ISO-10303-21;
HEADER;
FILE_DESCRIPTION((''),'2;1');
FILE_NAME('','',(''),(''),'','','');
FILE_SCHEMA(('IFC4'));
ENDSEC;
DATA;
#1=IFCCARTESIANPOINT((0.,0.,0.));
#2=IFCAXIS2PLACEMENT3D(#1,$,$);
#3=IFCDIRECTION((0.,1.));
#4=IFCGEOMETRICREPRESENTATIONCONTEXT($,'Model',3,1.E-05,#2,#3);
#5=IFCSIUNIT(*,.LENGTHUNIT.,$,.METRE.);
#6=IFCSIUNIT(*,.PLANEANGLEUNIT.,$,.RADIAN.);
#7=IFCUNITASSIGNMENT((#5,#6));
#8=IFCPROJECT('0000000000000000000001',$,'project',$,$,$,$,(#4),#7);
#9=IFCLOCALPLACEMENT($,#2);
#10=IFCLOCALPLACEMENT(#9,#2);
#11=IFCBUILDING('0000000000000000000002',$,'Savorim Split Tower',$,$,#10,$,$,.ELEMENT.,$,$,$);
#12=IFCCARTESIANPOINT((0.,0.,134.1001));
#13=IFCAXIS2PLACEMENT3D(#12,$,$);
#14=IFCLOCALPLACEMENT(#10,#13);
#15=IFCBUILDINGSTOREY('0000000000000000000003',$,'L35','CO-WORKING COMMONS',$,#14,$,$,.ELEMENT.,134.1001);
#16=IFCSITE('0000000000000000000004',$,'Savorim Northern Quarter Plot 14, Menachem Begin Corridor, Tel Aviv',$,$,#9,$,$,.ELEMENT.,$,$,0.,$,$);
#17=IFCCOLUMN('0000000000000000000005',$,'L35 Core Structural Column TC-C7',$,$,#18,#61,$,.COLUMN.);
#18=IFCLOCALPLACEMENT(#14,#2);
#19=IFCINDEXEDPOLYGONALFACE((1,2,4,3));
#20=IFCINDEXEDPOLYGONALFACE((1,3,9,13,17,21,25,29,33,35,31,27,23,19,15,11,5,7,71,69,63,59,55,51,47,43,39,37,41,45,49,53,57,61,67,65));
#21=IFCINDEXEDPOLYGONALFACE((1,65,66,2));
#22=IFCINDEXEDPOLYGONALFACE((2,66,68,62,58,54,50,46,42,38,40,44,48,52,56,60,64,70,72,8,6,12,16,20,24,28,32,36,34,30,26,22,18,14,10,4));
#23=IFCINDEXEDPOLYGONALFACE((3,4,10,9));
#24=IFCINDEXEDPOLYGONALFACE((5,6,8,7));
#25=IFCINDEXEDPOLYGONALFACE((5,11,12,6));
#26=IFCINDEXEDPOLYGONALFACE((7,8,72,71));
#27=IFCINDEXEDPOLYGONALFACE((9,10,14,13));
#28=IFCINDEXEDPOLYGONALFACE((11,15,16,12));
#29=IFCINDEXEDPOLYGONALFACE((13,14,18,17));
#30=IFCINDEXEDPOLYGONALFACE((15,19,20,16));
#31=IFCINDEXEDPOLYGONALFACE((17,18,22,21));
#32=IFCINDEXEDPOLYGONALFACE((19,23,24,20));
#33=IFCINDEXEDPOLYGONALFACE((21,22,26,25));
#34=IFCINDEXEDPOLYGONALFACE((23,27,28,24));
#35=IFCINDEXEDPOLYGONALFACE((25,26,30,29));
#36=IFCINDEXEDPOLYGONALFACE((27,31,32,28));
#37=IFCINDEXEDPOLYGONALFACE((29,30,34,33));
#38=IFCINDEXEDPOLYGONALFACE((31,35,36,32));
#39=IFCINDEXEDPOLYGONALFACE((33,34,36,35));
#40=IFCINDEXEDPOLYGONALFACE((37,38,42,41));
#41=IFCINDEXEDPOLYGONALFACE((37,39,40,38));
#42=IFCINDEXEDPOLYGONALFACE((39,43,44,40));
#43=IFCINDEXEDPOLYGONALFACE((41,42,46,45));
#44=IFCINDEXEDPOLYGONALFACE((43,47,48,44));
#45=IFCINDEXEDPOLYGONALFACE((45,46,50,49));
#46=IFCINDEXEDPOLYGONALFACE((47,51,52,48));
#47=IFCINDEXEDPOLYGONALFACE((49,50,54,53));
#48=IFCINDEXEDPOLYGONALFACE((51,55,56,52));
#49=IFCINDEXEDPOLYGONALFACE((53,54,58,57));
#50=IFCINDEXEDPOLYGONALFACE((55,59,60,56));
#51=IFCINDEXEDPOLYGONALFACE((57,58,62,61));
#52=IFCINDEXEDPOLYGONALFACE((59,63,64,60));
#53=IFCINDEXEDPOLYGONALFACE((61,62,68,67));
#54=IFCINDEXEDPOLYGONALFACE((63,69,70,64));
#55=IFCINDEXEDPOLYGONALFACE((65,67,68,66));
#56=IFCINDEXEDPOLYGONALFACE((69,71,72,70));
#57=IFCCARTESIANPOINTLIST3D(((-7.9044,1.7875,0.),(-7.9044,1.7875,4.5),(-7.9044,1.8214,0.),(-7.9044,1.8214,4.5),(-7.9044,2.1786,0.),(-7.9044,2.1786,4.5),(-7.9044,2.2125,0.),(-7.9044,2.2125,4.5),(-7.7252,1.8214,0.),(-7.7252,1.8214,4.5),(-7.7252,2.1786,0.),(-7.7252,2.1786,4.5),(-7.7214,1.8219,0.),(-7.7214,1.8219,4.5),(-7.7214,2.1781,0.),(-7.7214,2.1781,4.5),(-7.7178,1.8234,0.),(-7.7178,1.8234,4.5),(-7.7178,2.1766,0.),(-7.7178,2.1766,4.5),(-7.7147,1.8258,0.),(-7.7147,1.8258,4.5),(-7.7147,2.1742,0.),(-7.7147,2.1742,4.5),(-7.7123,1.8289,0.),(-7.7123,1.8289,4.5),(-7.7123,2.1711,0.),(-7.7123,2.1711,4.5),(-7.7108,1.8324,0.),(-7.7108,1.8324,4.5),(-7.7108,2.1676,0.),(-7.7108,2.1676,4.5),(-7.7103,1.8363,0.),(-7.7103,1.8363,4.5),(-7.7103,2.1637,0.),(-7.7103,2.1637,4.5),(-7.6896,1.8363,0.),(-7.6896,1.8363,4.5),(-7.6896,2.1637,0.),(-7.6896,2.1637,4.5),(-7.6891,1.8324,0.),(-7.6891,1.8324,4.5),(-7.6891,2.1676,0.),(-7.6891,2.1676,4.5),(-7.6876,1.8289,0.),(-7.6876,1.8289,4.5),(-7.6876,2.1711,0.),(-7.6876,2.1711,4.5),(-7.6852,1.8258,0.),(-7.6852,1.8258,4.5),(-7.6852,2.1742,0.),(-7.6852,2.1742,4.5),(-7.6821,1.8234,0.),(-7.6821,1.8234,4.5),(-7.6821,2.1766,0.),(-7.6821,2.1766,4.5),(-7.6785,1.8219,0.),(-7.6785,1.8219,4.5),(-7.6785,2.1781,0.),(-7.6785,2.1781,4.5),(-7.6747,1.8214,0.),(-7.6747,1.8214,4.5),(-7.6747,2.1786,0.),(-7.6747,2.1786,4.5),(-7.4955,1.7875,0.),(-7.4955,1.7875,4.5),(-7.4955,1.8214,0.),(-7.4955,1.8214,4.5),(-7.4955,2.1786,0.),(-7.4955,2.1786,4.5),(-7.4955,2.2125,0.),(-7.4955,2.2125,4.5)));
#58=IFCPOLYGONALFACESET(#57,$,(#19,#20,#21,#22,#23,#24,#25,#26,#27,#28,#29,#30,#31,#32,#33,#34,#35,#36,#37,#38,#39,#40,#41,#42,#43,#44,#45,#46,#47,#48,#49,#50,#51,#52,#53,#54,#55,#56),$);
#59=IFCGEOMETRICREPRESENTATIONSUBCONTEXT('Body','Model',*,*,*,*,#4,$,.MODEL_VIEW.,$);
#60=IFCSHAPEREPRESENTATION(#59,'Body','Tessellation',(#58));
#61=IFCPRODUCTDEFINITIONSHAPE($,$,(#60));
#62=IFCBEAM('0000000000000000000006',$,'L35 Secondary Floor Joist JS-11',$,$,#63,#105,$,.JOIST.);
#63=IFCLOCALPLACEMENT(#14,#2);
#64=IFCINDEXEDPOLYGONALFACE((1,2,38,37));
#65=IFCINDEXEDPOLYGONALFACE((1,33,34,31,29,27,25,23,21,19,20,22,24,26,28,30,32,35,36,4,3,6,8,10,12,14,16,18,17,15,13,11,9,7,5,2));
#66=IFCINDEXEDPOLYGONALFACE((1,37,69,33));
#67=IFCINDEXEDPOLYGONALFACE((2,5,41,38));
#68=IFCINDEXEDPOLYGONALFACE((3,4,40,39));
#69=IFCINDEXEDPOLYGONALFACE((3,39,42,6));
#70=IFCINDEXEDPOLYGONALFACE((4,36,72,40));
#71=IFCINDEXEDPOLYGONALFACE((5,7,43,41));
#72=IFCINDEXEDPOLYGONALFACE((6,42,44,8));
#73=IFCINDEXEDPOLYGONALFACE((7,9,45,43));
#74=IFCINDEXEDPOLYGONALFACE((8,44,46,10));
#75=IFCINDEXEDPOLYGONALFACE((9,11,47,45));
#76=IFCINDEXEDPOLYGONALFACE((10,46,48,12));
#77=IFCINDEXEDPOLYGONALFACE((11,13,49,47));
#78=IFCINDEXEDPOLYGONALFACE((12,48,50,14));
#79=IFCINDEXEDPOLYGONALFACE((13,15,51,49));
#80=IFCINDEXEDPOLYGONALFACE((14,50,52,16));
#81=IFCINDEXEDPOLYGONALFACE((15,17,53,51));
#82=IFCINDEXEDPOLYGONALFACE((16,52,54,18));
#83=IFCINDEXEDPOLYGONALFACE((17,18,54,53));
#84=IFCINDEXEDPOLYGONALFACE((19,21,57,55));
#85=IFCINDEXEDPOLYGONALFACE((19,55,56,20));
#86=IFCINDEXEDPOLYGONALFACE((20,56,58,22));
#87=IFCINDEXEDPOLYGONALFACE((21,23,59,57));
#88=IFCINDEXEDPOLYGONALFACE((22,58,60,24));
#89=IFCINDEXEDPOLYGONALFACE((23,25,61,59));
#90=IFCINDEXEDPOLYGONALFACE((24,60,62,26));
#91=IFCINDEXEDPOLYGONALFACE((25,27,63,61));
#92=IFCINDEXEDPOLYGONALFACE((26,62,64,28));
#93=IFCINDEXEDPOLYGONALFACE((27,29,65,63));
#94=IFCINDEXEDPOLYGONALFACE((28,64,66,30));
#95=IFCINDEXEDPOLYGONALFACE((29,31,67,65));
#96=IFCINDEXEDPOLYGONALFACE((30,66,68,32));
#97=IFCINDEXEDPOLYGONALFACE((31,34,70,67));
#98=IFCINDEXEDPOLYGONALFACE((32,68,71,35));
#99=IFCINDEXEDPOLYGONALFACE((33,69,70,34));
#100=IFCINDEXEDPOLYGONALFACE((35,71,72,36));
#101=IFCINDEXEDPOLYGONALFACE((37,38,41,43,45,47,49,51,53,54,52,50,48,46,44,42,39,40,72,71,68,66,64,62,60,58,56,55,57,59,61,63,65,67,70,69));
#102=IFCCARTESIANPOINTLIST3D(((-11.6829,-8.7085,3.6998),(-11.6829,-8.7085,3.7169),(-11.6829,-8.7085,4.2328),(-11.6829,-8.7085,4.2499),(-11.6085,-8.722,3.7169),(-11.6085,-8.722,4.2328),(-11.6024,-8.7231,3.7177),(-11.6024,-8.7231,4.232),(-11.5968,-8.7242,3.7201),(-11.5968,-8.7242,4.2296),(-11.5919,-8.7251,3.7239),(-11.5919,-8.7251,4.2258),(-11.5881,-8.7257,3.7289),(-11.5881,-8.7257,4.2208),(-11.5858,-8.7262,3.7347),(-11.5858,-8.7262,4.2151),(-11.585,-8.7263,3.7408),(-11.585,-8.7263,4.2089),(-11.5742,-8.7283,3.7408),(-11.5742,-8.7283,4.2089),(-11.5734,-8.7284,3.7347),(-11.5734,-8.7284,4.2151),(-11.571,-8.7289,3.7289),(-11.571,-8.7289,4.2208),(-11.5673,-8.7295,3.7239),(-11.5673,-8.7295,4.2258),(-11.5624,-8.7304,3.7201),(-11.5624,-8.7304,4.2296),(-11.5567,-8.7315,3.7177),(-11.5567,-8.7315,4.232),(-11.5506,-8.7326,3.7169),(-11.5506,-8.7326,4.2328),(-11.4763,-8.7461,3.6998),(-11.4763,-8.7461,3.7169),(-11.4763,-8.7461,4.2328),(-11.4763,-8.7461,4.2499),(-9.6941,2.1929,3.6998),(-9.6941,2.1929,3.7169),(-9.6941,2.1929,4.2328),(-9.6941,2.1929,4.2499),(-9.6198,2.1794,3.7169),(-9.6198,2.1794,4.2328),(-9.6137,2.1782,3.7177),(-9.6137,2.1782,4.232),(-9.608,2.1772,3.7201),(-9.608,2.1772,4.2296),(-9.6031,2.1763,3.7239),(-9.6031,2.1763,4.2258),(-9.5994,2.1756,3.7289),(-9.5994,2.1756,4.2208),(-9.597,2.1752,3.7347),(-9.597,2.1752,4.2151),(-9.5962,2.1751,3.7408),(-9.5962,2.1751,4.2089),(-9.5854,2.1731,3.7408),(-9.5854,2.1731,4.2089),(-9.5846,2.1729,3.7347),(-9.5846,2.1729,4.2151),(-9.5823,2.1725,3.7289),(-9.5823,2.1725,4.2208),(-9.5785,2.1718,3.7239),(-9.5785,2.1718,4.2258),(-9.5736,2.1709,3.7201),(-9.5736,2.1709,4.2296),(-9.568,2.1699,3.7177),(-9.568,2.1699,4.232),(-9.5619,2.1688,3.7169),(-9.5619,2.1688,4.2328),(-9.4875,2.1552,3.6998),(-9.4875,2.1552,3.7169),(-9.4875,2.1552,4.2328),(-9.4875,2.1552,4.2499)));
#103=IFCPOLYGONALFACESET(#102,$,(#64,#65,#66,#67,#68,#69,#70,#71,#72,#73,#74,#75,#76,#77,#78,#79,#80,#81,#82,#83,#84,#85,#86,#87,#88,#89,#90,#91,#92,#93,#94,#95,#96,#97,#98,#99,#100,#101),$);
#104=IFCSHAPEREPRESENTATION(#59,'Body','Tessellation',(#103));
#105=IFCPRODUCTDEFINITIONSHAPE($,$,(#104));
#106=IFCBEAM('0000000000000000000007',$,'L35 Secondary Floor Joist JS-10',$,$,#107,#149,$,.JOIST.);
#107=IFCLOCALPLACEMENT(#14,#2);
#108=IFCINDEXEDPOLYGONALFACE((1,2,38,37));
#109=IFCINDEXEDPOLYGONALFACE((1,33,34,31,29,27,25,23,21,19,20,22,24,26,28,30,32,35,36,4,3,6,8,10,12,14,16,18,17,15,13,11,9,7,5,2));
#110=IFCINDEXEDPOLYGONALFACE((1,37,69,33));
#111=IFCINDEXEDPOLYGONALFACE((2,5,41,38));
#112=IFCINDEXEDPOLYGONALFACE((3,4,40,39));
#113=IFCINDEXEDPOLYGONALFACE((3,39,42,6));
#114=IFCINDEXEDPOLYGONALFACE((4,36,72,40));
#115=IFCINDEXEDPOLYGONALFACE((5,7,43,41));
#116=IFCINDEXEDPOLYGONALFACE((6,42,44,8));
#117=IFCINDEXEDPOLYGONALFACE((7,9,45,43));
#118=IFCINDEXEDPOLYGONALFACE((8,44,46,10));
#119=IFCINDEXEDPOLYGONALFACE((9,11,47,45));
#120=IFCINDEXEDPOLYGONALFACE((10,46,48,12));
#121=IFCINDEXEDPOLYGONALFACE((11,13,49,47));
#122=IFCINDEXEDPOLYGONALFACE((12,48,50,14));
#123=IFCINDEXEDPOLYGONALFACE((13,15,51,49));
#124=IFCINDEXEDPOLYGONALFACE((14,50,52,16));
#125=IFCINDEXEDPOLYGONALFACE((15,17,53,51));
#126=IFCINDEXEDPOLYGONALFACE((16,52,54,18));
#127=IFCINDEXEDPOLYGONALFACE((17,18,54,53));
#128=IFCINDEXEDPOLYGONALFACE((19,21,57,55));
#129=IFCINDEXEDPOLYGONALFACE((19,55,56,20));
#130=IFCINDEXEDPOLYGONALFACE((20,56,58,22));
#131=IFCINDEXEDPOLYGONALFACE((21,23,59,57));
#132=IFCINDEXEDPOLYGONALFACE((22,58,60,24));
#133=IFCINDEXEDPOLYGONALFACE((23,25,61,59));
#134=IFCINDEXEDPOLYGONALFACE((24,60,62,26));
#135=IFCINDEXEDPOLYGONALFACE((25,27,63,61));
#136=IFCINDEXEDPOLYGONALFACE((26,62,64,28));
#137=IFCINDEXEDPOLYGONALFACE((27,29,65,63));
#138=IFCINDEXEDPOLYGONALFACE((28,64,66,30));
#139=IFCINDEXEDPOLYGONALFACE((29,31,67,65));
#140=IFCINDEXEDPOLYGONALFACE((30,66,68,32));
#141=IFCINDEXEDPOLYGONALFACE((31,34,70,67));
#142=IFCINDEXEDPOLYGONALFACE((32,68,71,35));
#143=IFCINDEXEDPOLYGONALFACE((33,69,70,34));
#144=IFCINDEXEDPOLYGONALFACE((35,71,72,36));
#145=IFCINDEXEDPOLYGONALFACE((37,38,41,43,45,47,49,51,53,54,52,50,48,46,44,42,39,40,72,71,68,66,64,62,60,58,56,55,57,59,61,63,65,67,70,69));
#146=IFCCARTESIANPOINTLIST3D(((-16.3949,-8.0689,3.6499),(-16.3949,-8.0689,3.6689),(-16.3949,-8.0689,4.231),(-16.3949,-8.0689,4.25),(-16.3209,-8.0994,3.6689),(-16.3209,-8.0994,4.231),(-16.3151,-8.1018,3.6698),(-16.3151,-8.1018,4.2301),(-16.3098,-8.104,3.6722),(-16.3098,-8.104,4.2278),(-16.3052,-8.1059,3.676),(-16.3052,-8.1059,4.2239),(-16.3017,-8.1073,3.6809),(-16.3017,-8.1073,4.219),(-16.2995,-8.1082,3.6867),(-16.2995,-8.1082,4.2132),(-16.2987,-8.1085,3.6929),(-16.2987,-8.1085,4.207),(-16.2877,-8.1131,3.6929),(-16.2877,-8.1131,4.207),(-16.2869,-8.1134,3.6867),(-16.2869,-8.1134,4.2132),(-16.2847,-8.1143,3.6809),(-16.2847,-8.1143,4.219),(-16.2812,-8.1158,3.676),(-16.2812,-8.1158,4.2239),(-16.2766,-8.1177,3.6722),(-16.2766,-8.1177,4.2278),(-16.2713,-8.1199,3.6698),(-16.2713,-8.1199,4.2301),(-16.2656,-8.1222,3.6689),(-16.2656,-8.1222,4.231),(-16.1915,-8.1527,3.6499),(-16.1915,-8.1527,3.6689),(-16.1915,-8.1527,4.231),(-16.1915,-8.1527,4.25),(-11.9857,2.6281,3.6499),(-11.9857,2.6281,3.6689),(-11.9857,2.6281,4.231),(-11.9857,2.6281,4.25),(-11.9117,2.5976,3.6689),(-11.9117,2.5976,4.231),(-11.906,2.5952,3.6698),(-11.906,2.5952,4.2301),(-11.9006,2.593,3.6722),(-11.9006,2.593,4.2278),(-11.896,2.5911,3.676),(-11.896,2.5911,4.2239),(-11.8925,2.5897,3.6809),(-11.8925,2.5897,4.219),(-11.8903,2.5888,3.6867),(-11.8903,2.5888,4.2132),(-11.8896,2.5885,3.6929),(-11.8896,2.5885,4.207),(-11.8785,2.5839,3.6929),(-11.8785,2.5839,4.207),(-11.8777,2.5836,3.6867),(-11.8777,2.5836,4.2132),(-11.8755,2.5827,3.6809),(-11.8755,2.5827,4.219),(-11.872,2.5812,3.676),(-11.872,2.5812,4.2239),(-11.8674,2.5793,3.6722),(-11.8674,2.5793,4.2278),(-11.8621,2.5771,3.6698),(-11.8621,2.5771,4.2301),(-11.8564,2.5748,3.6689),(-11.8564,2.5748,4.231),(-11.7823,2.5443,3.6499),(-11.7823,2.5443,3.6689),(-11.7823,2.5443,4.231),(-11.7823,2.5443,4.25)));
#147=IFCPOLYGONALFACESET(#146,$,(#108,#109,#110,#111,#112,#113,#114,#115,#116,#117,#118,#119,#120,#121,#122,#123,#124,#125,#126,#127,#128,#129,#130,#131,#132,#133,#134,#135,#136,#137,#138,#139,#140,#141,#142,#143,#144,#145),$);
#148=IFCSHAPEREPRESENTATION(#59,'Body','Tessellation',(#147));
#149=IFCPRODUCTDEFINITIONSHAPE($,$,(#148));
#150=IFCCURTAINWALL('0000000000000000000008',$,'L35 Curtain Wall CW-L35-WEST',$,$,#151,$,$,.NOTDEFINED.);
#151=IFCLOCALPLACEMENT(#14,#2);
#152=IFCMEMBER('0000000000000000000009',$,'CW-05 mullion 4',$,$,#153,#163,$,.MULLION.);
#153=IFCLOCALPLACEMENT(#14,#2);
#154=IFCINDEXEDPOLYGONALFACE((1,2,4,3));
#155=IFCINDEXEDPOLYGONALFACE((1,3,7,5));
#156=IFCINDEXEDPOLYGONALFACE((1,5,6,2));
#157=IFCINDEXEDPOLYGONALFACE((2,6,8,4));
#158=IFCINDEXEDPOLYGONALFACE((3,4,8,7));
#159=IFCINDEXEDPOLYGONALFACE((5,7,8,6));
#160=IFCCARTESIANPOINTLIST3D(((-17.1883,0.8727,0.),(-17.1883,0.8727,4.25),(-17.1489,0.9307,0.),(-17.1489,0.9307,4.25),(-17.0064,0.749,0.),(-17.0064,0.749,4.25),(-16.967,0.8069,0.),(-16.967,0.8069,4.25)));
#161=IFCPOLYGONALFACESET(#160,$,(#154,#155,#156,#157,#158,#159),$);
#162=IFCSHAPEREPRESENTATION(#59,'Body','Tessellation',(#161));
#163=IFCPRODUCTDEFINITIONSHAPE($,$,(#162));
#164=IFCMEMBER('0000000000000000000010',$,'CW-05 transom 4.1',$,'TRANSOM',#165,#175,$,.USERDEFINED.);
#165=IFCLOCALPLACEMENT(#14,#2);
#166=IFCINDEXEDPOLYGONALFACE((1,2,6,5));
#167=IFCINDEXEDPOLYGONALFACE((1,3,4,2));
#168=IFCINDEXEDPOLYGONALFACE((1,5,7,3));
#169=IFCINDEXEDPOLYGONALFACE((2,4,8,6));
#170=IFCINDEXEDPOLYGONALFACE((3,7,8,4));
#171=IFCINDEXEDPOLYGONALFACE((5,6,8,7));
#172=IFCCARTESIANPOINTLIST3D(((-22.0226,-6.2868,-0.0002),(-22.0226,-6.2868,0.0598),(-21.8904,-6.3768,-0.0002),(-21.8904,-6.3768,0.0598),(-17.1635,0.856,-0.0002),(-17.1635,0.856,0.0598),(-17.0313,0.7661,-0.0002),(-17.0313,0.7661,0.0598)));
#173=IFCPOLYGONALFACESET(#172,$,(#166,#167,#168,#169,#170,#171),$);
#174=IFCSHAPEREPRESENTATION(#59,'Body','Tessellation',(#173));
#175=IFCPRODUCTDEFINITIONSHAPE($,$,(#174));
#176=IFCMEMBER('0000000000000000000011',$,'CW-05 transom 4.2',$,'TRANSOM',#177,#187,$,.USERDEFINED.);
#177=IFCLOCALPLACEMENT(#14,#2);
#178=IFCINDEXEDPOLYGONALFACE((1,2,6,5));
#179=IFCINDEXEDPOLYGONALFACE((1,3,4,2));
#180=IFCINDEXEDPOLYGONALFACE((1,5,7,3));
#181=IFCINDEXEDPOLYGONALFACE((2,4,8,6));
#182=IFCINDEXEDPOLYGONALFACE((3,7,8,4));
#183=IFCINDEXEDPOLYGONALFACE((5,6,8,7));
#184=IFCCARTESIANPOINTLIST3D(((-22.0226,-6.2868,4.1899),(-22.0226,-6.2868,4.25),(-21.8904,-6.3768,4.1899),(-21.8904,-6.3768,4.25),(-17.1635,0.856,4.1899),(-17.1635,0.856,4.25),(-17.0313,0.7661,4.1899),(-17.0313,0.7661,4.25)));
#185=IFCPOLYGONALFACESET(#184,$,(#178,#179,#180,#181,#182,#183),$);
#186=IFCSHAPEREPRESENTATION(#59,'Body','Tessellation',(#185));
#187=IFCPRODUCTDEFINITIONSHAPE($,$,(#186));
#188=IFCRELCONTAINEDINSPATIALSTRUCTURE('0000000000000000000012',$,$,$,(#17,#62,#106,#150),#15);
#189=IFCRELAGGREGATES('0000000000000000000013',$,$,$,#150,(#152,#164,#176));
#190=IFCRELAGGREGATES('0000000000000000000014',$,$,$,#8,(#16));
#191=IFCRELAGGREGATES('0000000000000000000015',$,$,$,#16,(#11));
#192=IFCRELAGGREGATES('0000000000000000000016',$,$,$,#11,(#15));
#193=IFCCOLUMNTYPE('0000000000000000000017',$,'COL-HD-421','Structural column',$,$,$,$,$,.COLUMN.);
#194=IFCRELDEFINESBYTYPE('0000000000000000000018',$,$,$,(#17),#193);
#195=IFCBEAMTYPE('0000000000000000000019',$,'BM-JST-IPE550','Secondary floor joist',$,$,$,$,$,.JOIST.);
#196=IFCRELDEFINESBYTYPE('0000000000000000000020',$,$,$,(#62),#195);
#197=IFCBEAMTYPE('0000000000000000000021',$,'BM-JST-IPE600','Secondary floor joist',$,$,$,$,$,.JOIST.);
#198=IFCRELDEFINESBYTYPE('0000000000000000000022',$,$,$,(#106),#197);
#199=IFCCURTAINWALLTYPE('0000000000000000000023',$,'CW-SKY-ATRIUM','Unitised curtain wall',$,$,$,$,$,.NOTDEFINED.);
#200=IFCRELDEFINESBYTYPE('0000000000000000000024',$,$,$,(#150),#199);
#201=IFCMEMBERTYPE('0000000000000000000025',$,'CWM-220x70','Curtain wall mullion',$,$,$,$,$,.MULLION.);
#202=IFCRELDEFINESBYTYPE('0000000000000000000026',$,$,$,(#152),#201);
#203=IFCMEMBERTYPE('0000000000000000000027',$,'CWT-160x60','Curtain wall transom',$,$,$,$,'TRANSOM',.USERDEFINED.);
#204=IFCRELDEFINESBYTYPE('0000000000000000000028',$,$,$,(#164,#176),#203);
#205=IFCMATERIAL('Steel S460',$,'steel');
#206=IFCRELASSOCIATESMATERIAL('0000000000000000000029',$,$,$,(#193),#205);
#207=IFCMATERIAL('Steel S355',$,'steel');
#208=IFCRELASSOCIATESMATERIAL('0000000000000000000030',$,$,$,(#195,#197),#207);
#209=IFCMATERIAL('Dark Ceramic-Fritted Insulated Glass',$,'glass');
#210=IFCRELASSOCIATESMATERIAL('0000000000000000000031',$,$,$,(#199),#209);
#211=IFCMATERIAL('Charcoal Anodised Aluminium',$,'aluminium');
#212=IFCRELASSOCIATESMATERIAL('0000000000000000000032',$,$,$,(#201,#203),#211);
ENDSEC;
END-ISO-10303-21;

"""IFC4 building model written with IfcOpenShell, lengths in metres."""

from ifc_helpers import new_model, si_unit, direction, frame, origin, origin_2d, place, context, subcontext, project, spatial, rectangle, i_section, extrude, material, material_profile, profile_set, type_object, element, aggregate, save


model = new_model("IFC4")

# Units and contexts
model_context = context("Model", 3, precision=1e-05, world=origin(), true_north=direction((0.0, 1.0)))
body_context = subcontext(model_context, "Body", "Model", "MODEL_VIEW")
ifc_project = project(units=[si_unit("LENGTHUNIT", "METRE"), si_unit("PLANEANGLEUNIT", "RADIAN")], contexts=[model_context])

# Site, building, storey
site_placement = place(None, origin())
site = spatial("IfcSite", under=ifc_project, at=site_placement, Name="Savorim Northern Quarter Plot 14, Menachem Begin Corridor, Tel Aviv", CompositionType="ELEMENT", RefElevation=0.0)
building_placement = place(site_placement, origin())
building = spatial("IfcBuilding", under=site, at=building_placement, Name="Savorim Split Tower", CompositionType="ELEMENT")
storey_placement = place(building_placement, frame((0.0, 0.0, 134.1001)))
storey = spatial("IfcBuildingStorey", under=building, at=storey_placement, Name="L35", Description="CO-WORKING COMMONS", CompositionType="ELEMENT", Elevation=134.1001)

# Column
ifc_material_1 = material(Name="Steel S460", Category="steel")
ifc_material_profile_1 = material_profile(ifc_material_1, i_section(OverallWidth=0.4089, OverallDepth=0.425, WebThickness=0.0208, FlangeThickness=0.0339, FilletRadius=0.0149, at=origin_2d()), Name="HD 400x421")
ifc_profile_set_1 = profile_set([ifc_material_profile_1], Name="Steel S460")
column_type = type_object("IfcColumnType", Name="COL-HD-421", Description="Structural column", PredefinedType="COLUMN", material=ifc_profile_set_1)
column_placement = place(storey_placement, frame((-7.7, 2.0, 0.0), z_axis=(0.0, 0.0, 1.0), x_axis=(1.0, 0.0, 0.0)))
element("IfcColumn", 1, at=column_placement, inside=storey, type_object=column_type, Name="L35 Core Structural Column TC-C7", PredefinedType="COLUMN", context=body_context, shape_type="SweptSolid", body=[
    extrude(i_section(OverallWidth=0.4089, OverallDepth=0.425, WebThickness=0.0208, FlangeThickness=0.0339, FilletRadius=0.0149, at=origin_2d()), origin(), (0.0, 0.0, 1.0), 4.5),
])

# Beams
ifc_material_2 = material(Name="Steel S355", Category="steel")
ifc_material_profile_2 = material_profile(ifc_material_2, i_section(OverallWidth=0.21, OverallDepth=0.55, WebThickness=0.011, FlangeThickness=0.0171, FilletRadius=0.0239, at=origin_2d()), Name="IPE 550")
ifc_profile_set_2 = profile_set([ifc_material_profile_2], Name="Steel S355")
beam_type_1 = type_object("IfcBeamType", Name="BM-JST-IPE550", Description="Secondary floor joist", PredefinedType="JOIST", material=ifc_profile_set_2)
beam_1_placement = place(storey_placement, frame((-9.5908, 2.1741, 3.9749), z_axis=(-0.179471, -0.983763, 0.0), x_axis=(0.983763, -0.179471, 0.0)))
element("IfcBeam", 2, at=beam_1_placement, inside=storey, type_object=beam_type_1, Name="L35 Secondary Floor Joist JS-11", PredefinedType="JOIST", context=body_context, shape_type="SweptSolid", body=[
    extrude(i_section(OverallWidth=0.21, OverallDepth=0.55, WebThickness=0.011, FlangeThickness=0.0171, FilletRadius=0.0239, at=origin_2d()), origin(), (0.0, 0.0, 1.0), 11.0813),
])
ifc_material_profile_3 = material_profile(ifc_material_2, i_section(OverallWidth=0.22, OverallDepth=0.6001, WebThickness=0.012, FlangeThickness=0.019, FilletRadius=0.0239, at=origin_2d()), Name="IPE 600")
ifc_profile_set_3 = profile_set([ifc_material_profile_3], Name="Steel S355")
beam_type_2 = type_object("IfcBeamType", Name="BM-JST-IPE600", Description="Secondary floor joist", PredefinedType="JOIST", material=ifc_profile_set_3)
beam_2_placement = place(storey_placement, frame((-11.884, 2.5862, 3.95), z_axis=(-0.381084, -0.92454, 0.0), x_axis=(0.92454, -0.381084, 0.0)))
element("IfcBeam", 3, at=beam_2_placement, inside=storey, type_object=beam_type_2, Name="L35 Secondary Floor Joist JS-10", PredefinedType="JOIST", context=body_context, shape_type="SweptSolid", body=[
    extrude(i_section(OverallWidth=0.22, OverallDepth=0.6001, WebThickness=0.012, FlangeThickness=0.019, FilletRadius=0.0239, at=origin_2d()), origin(), (0.0, 0.0, 1.0), 11.5701),
])

# Curtain wall, members
ifc_material_3 = material(Name="Dark Ceramic-Fritted Insulated Glass", Category="glass")
curtain_wall_type = type_object("IfcCurtainWallType", Name="CW-SKY-ATRIUM", Description="Unitised curtain wall", PredefinedType="NOTDEFINED", material=ifc_material_3)
curtain_wall_placement = place(storey_placement, origin())
curtain_wall = element("IfcCurtainWall", 4, at=curtain_wall_placement, inside=storey, type_object=curtain_wall_type, Name="L35 Curtain Wall CW-L35-WEST", PredefinedType="NOTDEFINED")
ifc_material_4 = material(Name="Charcoal Anodised Aluminium", Category="aluminium")
ifc_material_profile_4 = material_profile(ifc_material_4, rectangle(XDim=0.22, YDim=0.0701, at=origin_2d()), Name="ALU-M 220x70")
ifc_profile_set_4 = profile_set([ifc_material_profile_4], Name="Charcoal Anodised Aluminium")
member_type_1 = type_object("IfcMemberType", Name="CWM-220x70", Description="Curtain wall mullion", PredefinedType="MULLION", material=ifc_profile_set_4)
member_1_placement = place(storey_placement, frame((-17.0776, 0.8398, 0.0), z_axis=(0.0, 0.0, 1.0), x_axis=(0.82682, -0.562467, 0.0)))
member_1 = element("IfcMember", 5, at=member_1_placement, type_object=member_type_1, Name="CW-05 mullion 4", PredefinedType="MULLION", context=body_context, shape_type="SweptSolid", body=[
    extrude(rectangle(XDim=0.22, YDim=0.0701, at=origin_2d()), origin(), (0.0, 0.0, 1.0), 4.25),
])
ifc_material_profile_5 = material_profile(ifc_material_4, rectangle(XDim=0.1599, YDim=0.0601, at=origin_2d()), Name="ALU-T 160x60")
ifc_profile_set_5 = profile_set([ifc_material_profile_5], Name="Charcoal Anodised Aluminium")
member_type_2 = type_object("IfcMemberType", Name="CWT-160x60", Description="Curtain wall transom", ElementType="TRANSOM", PredefinedType="USERDEFINED", material=ifc_profile_set_5)
member_2_placement = place(storey_placement, frame((-17.0974, 0.811, 0.0298), z_axis=(-0.562469, -0.826818, 0.0), x_axis=(0.826818, -0.562469, 0.0)))
member_2 = element("IfcMember", 6, at=member_2_placement, type_object=member_type_2, Name="CW-05 transom 4.1", ObjectType="TRANSOM", PredefinedType="USERDEFINED", context=body_context, shape_type="SweptSolid", body=[
    extrude(rectangle(XDim=0.1599, YDim=0.0601, at=origin_2d()), origin(), (0.0, 0.0, 1.0), 8.6389),
])
member_3_placement = place(storey_placement, frame((-17.0974, 0.811, 4.22), z_axis=(-0.562469, -0.826818, 0.0), x_axis=(0.826818, -0.562469, 0.0)))
member_3 = element("IfcMember", 7, at=member_3_placement, type_object=member_type_2, Name="CW-05 transom 4.2", ObjectType="TRANSOM", PredefinedType="USERDEFINED", context=body_context, shape_type="SweptSolid", body=[
    extrude(rectangle(XDim=0.1599, YDim=0.0601, at=origin_2d()), origin(), (0.0, 0.0, 1.0), 8.6389),
])
aggregate(curtain_wall, [member_1, member_2, member_3])

save(model, "model.ifc")
